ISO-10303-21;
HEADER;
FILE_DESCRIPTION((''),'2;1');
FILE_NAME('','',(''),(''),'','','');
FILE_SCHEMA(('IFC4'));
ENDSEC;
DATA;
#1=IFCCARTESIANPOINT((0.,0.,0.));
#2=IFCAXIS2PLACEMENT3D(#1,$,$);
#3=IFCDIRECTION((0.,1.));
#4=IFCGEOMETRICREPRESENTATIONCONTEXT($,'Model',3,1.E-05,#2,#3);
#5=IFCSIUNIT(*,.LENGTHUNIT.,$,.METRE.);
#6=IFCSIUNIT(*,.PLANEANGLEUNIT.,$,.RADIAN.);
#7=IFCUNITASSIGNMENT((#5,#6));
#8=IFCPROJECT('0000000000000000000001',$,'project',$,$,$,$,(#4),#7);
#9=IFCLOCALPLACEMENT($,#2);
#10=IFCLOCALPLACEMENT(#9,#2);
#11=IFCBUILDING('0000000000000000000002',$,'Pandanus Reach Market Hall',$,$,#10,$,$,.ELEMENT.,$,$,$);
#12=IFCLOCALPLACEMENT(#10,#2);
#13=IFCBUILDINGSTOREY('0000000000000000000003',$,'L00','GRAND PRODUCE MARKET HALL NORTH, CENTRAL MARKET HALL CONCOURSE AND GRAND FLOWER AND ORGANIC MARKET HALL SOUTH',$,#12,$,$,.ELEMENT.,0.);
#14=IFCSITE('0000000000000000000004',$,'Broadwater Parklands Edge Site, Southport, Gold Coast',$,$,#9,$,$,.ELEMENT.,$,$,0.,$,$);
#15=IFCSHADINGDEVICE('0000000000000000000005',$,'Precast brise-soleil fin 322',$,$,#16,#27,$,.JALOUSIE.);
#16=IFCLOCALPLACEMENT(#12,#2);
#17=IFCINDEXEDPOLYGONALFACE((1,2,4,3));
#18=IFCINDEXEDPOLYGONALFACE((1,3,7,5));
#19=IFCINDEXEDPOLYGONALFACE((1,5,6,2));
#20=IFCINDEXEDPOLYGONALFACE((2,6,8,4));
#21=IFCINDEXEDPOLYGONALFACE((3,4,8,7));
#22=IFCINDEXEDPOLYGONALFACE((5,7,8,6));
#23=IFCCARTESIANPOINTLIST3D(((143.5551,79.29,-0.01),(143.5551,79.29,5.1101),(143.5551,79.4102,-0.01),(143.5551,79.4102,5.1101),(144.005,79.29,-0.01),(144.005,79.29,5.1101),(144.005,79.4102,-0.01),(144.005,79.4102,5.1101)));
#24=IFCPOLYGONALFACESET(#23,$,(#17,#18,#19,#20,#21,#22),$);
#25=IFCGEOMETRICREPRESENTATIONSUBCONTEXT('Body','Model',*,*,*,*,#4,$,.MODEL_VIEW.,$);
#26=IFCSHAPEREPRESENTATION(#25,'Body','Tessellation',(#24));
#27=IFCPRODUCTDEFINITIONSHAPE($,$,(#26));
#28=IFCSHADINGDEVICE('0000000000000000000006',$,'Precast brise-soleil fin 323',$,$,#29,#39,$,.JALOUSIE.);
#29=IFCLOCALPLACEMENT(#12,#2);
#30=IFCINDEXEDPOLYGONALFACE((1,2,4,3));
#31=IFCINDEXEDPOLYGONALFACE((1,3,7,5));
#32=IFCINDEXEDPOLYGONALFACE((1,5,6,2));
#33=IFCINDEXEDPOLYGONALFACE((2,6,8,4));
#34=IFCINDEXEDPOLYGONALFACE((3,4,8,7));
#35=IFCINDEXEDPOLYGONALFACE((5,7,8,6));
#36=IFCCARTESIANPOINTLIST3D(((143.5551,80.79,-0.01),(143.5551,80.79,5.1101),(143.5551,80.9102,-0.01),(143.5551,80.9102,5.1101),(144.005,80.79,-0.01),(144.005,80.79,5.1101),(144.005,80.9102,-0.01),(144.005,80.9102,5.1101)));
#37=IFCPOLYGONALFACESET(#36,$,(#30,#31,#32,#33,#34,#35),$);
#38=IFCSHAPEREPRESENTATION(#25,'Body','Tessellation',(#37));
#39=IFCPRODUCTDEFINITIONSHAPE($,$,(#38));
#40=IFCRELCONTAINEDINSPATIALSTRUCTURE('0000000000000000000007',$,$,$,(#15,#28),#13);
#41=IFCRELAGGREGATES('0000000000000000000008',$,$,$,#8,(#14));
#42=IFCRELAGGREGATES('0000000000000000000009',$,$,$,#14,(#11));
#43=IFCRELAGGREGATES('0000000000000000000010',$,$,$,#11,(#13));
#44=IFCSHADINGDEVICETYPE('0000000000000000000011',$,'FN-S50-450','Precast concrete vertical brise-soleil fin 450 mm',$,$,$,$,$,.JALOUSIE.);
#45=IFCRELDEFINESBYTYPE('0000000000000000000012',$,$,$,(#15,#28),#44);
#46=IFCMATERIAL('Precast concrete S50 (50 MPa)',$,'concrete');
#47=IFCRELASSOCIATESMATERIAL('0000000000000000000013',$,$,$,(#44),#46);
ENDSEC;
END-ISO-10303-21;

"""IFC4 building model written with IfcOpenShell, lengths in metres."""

from ifc_helpers import new_model, si_unit, direction, frame, origin, origin_2d, place, context, subcontext, project, spatial, rectangle, extrude, material, type_object, element, save


model = new_model("IFC4")

# Units and contexts
model_context = context("Model", 3, precision=1e-05, world=origin(), true_north=direction((0.0, 1.0)))
body_context = subcontext(model_context, "Body", "Model", "MODEL_VIEW")
ifc_project = project(units=[si_unit("LENGTHUNIT", "METRE"), si_unit("PLANEANGLEUNIT", "RADIAN")], contexts=[model_context])

# Site, building, storey
site_placement = place(None, origin())
site = spatial("IfcSite", under=ifc_project, at=site_placement, Name="Broadwater Parklands Edge Site, Southport, Gold Coast", CompositionType="ELEMENT", RefElevation=0.0)
building_placement = place(site_placement, origin())
building = spatial("IfcBuilding", under=site, at=building_placement, Name="Pandanus Reach Market Hall", CompositionType="ELEMENT")
storey_placement = place(building_placement, origin())
storey = spatial("IfcBuildingStorey", under=building, at=storey_placement, Name="L00", Description="GRAND PRODUCE MARKET HALL NORTH, CENTRAL MARKET HALL CONCOURSE AND GRAND FLOWER AND ORGANIC MARKET HALL SOUTH", CompositionType="ELEMENT", Elevation=0.0)

# Shading devices
ifc_material_1 = material(Name="Precast concrete S50 (50 MPa)", Category="concrete")
shading_device_type = type_object("IfcShadingDeviceType", Name="FN-S50-450", Description="Precast concrete vertical brise-soleil fin 450 mm", PredefinedType="JALOUSIE", material=ifc_material_1)
for number, where, z_axis, x_axis, name in (
    (1, (143.78, 79.3501, -0.01), (0.0, 0.0, 1.0), (-1.0, 0.0, 0.0), "Precast brise-soleil fin 322"),
    (2, (143.78, 80.8501, -0.01), (0.0, 0.0, 1.0), (-1.0, 0.0, 0.0), "Precast brise-soleil fin 323"),
):
    element("IfcShadingDevice", number, at=place(storey_placement, frame(where, z_axis=z_axis, x_axis=x_axis)), inside=storey, type_object=shading_device_type, Name=name, PredefinedType="JALOUSIE", context=body_context, shape_type="SweptSolid", body=[
        extrude(rectangle(XDim=0.45, YDim=0.1201, at=origin_2d()), origin(), (0.0, 0.0, 1.0), 5.1201),
    ])

save(model, "model.ifc")
